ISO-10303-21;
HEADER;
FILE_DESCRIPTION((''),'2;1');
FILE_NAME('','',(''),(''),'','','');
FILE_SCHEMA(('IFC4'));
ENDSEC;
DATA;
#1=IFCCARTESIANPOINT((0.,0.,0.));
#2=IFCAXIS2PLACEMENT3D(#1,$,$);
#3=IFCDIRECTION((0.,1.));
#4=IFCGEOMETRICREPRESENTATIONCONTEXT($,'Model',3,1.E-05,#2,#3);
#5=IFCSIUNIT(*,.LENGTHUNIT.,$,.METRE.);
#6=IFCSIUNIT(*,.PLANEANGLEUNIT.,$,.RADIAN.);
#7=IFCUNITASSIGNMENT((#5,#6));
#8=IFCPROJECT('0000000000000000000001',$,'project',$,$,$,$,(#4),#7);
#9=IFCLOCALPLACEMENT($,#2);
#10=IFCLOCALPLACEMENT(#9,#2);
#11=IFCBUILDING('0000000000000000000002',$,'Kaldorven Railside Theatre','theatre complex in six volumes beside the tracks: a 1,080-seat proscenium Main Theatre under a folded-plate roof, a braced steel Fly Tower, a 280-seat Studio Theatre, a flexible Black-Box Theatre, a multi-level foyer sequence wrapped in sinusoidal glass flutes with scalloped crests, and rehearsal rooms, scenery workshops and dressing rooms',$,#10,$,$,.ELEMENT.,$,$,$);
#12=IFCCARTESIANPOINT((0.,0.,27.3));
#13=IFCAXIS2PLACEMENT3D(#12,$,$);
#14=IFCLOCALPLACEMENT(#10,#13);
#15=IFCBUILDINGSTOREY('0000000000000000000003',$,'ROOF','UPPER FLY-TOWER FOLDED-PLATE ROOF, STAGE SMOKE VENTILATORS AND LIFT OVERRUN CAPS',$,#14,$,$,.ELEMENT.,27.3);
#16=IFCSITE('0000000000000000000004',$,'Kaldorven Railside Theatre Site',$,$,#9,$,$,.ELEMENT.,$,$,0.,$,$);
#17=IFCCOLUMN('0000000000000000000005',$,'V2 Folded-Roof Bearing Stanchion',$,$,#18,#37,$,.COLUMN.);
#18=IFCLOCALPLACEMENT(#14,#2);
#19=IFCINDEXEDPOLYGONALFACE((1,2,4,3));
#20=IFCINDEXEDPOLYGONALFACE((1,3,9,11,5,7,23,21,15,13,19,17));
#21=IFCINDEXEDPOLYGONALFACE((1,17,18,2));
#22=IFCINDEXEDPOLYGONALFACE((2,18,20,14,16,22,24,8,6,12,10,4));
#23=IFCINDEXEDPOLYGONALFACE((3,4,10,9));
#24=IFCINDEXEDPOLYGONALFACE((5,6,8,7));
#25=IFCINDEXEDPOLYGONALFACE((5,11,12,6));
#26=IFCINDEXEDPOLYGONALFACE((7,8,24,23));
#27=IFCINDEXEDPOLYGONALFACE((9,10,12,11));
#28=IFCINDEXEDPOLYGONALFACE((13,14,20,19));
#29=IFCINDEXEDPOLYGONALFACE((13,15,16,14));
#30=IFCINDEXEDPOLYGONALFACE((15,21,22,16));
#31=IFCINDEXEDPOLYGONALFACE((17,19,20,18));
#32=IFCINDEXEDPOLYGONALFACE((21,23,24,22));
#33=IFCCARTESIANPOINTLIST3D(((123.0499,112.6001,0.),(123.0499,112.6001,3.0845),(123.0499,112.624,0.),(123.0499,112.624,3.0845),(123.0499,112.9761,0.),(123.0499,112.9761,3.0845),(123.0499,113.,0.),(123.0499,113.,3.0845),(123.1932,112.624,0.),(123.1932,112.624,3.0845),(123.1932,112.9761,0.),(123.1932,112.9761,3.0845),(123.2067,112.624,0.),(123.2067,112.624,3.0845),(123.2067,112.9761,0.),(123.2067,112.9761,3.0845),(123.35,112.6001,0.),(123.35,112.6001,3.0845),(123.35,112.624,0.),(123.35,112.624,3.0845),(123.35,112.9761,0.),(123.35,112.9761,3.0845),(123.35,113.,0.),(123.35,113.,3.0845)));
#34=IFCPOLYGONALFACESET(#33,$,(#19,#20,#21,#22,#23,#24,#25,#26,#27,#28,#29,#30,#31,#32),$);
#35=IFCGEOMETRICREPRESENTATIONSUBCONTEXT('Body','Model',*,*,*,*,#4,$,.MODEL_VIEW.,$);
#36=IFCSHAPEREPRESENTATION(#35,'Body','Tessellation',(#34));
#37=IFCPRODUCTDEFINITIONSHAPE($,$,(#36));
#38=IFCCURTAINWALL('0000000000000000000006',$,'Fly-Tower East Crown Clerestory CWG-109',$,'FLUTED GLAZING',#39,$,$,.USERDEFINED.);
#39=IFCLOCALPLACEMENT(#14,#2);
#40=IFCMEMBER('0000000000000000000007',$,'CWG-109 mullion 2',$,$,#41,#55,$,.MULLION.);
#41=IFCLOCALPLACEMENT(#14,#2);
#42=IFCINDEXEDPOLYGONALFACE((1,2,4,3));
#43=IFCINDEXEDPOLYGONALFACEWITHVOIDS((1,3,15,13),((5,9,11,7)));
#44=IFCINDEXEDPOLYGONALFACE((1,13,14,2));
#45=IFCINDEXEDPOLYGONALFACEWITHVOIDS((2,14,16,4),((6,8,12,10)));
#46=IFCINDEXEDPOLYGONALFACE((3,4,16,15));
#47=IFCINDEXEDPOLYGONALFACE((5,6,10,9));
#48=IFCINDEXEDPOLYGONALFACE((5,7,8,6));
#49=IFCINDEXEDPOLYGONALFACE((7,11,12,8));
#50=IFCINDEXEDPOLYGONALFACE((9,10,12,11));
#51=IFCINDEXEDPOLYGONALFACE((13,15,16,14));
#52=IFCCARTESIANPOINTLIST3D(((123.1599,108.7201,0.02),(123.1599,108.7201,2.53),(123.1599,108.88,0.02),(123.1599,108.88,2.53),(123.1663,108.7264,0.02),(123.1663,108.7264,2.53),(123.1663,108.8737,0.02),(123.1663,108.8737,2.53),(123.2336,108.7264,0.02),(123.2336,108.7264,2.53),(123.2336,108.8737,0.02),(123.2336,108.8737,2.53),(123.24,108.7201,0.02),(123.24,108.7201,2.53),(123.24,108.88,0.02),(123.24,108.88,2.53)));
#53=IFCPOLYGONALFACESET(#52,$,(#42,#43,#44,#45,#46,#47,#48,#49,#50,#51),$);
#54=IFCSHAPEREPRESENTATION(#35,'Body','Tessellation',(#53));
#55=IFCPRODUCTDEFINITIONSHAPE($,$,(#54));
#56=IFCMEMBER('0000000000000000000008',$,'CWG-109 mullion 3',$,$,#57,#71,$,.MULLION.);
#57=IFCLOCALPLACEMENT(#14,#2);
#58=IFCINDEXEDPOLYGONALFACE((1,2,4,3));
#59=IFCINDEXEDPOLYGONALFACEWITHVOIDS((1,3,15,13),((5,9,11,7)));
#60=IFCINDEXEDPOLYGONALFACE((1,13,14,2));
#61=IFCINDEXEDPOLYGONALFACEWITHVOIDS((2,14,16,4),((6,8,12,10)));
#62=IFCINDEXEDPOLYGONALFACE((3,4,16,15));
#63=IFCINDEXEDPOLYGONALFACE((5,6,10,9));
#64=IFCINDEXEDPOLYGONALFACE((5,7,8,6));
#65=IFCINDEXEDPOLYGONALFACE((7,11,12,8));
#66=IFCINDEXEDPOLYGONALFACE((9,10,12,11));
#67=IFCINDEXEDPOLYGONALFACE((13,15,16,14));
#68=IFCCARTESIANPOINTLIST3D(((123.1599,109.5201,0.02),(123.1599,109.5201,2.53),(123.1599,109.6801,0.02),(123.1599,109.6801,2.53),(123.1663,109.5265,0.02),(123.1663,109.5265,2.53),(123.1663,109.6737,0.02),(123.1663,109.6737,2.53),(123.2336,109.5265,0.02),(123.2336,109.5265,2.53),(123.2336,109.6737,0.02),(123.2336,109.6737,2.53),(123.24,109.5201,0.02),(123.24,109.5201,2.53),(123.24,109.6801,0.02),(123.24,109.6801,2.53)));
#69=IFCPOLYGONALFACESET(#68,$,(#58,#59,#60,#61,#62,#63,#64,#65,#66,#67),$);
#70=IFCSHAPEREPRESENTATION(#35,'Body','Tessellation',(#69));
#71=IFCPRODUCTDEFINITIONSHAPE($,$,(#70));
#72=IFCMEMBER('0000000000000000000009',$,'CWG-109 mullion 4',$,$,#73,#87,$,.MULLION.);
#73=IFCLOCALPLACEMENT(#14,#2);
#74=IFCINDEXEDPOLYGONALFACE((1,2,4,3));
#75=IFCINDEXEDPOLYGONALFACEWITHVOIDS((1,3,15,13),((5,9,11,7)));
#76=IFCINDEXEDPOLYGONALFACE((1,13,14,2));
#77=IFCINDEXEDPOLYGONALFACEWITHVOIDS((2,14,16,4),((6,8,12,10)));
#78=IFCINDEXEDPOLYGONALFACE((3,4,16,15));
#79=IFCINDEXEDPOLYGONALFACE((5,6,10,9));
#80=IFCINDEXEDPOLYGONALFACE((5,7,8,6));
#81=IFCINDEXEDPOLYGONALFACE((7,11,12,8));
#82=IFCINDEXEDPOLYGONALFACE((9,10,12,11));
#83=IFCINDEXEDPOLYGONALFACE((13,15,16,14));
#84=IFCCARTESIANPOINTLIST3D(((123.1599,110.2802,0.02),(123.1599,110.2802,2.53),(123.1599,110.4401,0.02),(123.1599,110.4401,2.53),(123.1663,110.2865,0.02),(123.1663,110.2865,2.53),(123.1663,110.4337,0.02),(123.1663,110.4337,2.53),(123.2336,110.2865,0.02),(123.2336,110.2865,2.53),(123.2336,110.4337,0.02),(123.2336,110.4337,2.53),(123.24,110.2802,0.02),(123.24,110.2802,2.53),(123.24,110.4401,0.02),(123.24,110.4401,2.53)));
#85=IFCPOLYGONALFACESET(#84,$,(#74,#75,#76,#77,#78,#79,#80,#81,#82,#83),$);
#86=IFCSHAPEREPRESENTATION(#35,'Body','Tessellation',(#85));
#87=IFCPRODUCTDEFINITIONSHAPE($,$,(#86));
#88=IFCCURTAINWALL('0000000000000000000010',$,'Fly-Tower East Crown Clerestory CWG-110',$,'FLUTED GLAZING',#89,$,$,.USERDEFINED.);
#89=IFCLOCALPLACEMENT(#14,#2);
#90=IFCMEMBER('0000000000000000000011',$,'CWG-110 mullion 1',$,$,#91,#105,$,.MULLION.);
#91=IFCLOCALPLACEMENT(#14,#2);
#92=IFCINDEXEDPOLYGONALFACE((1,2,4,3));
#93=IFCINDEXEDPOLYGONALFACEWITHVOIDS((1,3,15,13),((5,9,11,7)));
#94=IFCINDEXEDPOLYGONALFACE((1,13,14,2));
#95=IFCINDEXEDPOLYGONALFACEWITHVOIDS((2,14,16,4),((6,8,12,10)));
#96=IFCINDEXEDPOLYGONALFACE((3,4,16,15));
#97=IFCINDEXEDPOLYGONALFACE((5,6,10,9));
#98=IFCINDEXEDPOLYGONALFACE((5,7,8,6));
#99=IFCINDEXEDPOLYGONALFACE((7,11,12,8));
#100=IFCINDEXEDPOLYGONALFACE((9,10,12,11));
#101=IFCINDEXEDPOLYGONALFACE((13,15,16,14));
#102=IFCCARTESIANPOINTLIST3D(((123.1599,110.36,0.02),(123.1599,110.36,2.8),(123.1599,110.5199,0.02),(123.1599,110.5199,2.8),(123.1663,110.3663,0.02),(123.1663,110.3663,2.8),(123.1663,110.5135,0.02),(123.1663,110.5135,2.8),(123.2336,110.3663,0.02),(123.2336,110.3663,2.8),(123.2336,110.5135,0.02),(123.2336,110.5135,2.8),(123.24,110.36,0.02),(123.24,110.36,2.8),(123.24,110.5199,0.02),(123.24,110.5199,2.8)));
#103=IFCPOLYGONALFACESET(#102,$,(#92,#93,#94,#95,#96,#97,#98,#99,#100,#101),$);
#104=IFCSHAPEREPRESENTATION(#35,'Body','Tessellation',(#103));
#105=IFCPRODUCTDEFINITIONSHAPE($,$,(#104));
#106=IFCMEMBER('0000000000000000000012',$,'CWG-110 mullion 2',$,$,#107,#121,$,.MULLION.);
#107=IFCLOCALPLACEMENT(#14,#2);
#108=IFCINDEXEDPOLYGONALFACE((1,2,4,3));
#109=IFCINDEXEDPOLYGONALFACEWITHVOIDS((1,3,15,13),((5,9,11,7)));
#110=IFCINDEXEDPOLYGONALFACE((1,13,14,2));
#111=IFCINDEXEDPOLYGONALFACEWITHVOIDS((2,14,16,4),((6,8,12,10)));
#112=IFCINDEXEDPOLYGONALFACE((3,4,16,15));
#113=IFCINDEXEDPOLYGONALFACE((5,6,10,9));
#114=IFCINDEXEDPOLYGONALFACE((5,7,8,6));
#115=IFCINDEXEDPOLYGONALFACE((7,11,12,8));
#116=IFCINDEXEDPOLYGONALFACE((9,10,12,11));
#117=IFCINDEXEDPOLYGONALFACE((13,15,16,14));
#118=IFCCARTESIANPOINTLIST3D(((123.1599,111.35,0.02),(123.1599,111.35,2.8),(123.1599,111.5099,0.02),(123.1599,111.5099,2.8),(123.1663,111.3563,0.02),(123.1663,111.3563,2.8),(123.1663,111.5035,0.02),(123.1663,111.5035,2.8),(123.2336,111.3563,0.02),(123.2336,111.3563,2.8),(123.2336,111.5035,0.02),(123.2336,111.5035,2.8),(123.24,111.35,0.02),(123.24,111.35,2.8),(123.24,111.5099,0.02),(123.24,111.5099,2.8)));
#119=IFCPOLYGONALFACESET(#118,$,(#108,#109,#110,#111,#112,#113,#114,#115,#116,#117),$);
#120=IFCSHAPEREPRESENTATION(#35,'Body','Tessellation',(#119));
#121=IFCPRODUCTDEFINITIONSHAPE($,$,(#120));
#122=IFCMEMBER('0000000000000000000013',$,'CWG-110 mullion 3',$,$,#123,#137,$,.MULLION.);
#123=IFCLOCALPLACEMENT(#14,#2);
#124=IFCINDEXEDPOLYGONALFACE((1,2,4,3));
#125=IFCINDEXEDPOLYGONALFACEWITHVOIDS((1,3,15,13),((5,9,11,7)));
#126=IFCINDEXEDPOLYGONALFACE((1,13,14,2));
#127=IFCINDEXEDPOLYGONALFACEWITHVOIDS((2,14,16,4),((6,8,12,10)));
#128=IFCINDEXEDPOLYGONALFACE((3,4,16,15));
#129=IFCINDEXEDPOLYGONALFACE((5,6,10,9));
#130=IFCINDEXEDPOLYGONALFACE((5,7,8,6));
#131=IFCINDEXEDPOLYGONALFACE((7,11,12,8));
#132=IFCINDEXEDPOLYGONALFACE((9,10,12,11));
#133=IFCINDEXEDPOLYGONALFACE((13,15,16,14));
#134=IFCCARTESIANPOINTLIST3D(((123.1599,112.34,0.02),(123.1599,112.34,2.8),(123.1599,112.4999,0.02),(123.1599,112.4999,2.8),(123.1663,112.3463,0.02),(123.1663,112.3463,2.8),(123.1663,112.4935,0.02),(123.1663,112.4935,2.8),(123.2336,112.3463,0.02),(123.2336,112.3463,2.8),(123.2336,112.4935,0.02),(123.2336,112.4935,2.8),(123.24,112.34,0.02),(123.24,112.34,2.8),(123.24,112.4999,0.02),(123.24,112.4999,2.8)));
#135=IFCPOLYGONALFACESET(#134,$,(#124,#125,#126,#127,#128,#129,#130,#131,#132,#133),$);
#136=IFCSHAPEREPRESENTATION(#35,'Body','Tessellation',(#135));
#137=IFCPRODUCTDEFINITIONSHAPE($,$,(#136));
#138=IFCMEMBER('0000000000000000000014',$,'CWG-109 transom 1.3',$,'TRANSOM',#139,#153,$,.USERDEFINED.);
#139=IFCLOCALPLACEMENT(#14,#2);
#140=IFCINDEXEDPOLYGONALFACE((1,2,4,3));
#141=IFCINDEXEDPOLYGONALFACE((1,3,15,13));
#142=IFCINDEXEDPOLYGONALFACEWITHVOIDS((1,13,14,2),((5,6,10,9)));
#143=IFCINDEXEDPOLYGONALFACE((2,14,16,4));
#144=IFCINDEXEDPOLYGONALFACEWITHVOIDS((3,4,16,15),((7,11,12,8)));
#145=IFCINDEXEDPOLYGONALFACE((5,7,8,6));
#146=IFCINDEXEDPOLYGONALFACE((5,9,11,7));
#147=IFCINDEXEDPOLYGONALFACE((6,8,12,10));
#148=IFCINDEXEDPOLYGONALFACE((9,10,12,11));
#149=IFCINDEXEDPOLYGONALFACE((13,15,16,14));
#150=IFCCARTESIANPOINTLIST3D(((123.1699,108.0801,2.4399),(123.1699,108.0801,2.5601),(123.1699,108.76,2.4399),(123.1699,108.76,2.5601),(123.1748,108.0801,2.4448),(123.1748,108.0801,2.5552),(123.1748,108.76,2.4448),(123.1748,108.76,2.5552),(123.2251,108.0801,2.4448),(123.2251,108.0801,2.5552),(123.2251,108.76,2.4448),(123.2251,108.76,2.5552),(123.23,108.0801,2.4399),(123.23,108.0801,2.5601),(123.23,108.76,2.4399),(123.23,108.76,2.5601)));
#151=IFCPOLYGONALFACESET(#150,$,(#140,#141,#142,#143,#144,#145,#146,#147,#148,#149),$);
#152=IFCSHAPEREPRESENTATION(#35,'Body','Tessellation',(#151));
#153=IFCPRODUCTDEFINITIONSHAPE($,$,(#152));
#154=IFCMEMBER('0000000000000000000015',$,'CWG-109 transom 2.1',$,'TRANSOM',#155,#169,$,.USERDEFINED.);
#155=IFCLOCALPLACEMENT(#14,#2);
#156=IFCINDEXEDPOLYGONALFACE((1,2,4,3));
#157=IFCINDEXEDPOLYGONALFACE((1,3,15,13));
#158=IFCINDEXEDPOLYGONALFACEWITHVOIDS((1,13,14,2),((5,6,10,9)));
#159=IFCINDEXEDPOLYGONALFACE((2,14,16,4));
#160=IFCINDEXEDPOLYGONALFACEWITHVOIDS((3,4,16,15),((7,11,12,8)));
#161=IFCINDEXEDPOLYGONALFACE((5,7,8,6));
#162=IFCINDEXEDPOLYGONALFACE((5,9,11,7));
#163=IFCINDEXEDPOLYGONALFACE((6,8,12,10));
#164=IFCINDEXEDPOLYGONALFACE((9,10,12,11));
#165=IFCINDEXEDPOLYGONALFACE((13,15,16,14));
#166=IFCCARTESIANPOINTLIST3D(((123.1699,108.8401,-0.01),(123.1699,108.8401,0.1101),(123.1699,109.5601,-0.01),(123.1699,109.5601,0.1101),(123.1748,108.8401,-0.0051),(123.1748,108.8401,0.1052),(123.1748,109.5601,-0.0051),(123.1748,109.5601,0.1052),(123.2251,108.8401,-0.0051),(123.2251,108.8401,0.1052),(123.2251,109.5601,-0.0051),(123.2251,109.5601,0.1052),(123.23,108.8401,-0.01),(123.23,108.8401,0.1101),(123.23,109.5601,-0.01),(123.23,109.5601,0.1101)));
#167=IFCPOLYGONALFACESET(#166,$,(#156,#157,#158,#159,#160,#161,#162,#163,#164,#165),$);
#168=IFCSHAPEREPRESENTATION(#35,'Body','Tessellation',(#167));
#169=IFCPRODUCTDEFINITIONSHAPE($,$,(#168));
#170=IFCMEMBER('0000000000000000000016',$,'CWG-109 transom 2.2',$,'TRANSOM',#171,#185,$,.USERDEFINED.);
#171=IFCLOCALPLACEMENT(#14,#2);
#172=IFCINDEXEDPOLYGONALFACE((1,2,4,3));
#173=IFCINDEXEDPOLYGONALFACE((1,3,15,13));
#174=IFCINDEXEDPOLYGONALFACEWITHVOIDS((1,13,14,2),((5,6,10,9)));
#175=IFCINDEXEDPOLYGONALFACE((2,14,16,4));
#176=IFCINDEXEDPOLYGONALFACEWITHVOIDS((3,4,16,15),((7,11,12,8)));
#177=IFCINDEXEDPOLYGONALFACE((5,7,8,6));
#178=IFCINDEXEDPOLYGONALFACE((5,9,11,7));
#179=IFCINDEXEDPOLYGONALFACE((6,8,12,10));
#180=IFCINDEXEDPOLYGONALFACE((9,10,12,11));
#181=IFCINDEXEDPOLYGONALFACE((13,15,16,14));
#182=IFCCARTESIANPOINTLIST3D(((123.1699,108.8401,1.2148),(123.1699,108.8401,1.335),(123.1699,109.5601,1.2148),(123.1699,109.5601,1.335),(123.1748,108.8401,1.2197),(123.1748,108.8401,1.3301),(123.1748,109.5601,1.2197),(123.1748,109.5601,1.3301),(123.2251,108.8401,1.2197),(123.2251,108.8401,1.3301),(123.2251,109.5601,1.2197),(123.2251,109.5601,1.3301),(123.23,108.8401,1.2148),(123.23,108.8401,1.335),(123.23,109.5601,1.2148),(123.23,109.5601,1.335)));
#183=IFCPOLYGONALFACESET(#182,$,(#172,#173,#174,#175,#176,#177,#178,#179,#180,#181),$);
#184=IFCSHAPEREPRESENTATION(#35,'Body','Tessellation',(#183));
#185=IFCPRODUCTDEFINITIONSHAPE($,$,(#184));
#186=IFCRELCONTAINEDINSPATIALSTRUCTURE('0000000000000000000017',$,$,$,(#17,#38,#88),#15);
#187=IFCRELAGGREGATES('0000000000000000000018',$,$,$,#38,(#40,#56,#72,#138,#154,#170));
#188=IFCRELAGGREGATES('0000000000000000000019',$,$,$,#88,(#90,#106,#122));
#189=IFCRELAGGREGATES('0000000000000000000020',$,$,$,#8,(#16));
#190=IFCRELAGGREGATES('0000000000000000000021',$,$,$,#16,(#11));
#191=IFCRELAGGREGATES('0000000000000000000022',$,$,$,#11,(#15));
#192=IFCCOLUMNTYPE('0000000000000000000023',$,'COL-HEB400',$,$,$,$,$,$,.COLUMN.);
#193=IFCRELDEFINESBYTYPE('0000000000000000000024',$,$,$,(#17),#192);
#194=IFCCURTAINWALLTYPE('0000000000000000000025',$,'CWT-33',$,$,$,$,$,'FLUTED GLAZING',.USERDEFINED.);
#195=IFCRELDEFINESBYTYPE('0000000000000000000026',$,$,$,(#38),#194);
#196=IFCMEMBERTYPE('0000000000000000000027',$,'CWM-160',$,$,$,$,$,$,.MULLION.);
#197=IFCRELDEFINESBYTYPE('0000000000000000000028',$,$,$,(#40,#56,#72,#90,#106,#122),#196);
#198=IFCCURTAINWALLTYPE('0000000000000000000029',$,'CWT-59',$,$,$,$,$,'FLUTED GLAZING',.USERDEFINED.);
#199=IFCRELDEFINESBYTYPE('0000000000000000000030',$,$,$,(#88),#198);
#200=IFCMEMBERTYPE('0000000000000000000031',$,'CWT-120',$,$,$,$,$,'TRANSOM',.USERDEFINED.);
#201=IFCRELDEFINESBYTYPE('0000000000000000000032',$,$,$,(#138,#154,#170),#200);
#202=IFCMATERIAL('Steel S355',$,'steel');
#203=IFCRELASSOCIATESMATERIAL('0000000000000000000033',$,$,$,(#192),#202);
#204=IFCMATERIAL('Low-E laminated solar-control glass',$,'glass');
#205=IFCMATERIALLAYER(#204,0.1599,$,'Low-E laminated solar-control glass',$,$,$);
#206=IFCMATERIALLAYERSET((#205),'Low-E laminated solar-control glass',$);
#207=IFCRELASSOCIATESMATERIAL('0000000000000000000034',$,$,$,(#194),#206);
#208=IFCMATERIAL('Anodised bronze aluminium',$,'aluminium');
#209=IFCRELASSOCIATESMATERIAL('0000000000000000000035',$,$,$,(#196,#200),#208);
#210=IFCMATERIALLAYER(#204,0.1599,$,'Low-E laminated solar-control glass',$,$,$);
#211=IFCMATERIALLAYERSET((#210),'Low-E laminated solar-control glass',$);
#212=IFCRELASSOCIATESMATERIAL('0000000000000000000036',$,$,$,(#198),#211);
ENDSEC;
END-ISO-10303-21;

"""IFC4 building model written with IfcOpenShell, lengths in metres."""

from ifc_helpers import new_model, si_unit, direction, frame, origin, origin_2d, place, context, subcontext, project, spatial, hollow_rectangle, i_section, extrude, material, layer, layer_set, material_profile, profile_set, type_object, element, aggregate, save


model = new_model("IFC4")

# Units and contexts
model_context = context("Model", 3, precision=1e-05, world=origin(), true_north=direction((0.0, 1.0)))
body_context = subcontext(model_context, "Body", "Model", "MODEL_VIEW")
ifc_project = project(units=[si_unit("LENGTHUNIT", "METRE"), si_unit("PLANEANGLEUNIT", "RADIAN")], contexts=[model_context])

# Site, building, storey
site_placement = place(None, origin())
site = spatial("IfcSite", under=ifc_project, at=site_placement, Name="Kaldorven Railside Theatre Site", CompositionType="ELEMENT", RefElevation=0.0)
building_placement = place(site_placement, origin())
building = spatial("IfcBuilding", under=site, at=building_placement, Name="Kaldorven Railside Theatre", Description="theatre complex in six volumes beside the tracks: a 1,080-seat proscenium Main Theatre under a folded-plate roof, a braced steel Fly Tower, a 280-seat Studio Theatre, a flexible Black-Box Theatre, a multi-level foyer sequence wrapped in sinusoidal glass flutes with scalloped crests, and rehearsal rooms, scenery workshops and dressing rooms", CompositionType="ELEMENT")
storey_placement = place(building_placement, frame((0.0, 0.0, 27.3)))
storey = spatial("IfcBuildingStorey", under=building, at=storey_placement, Name="ROOF", Description="UPPER FLY-TOWER FOLDED-PLATE ROOF, STAGE SMOKE VENTILATORS AND LIFT OVERRUN CAPS", CompositionType="ELEMENT", Elevation=27.3)

# Column
ifc_material_1 = material(Name="Steel S355", Category="steel")
ifc_material_profile_1 = material_profile(ifc_material_1, i_section(OverallWidth=0.3, OverallDepth=0.3999, WebThickness=0.0134, FlangeThickness=0.0239, at=origin_2d()), Name="HEB 400")
ifc_profile_set_1 = profile_set([ifc_material_profile_1], Name="Steel S355")
column_type = type_object("IfcColumnType", Name="COL-HEB400", PredefinedType="COLUMN", material=ifc_profile_set_1)
column_placement = place(storey_placement, frame((123.2, 112.8, 0.0), z_axis=(0.0, 0.0, 1.0), x_axis=(1.0, 0.0, 0.0)))
element("IfcColumn", 1, at=column_placement, inside=storey, type_object=column_type, Name="V2 Folded-Roof Bearing Stanchion", PredefinedType="COLUMN", context=body_context, shape_type="SweptSolid", body=[
    extrude(i_section(OverallWidth=0.3, OverallDepth=0.3999, WebThickness=0.0134, FlangeThickness=0.0239, at=origin_2d()), origin(), (0.0, 0.0, 1.0), 3.0845),
])

# Curtain walls, members
ifc_material_2 = material(Name="Low-E laminated solar-control glass", Category="glass")
ifc_layer_1 = layer(ifc_material_2, 0.1599, Name="Low-E laminated solar-control glass")
ifc_layer_set_1 = layer_set([ifc_layer_1], Name="Low-E laminated solar-control glass")
curtain_wall_type_1 = type_object("IfcCurtainWallType", Name="CWT-33", ElementType="FLUTED GLAZING", PredefinedType="USERDEFINED", material=ifc_layer_set_1)
curtain_wall_1_placement = place(storey_placement, origin())
curtain_wall_1 = element("IfcCurtainWall", 2, at=curtain_wall_1_placement, inside=storey, type_object=curtain_wall_type_1, Name="Fly-Tower East Crown Clerestory CWG-109", ObjectType="FLUTED GLAZING", PredefinedType="USERDEFINED")
ifc_material_3 = material(Name="Anodised bronze aluminium", Category="aluminium")
ifc_material_profile_2 = material_profile(ifc_material_3, hollow_rectangle(XDim=0.0801, YDim=0.1599, WallThickness=0.0063, at=origin_2d()), Name="RHS 160x80x6.3")
ifc_profile_set_2 = profile_set([ifc_material_profile_2], Name="Anodised bronze aluminium")
member_type_1 = type_object("IfcMemberType", Name="CWM-160", PredefinedType="MULLION", material=ifc_profile_set_2)
member_1_placement = place(storey_placement, frame((123.2, 108.8, 0.02), z_axis=(0.0, 0.0, 1.0), x_axis=(-1.0, 0.0, 0.0)))
member_1 = element("IfcMember", 3, at=member_1_placement, type_object=member_type_1, Name="CWG-109 mullion 2", PredefinedType="MULLION", context=body_context, shape_type="SweptSolid", body=[
    extrude(hollow_rectangle(XDim=0.0801, YDim=0.1599, WallThickness=0.0063, at=origin_2d()), origin(), (0.0, 0.0, 1.0), 2.51),
])
member_2_placement = place(storey_placement, frame((123.2, 109.6001, 0.02), z_axis=(0.0, 0.0, 1.0), x_axis=(-1.0, 0.0, 0.0)))
member_2 = element("IfcMember", 4, at=member_2_placement, type_object=member_type_1, Name="CWG-109 mullion 3", PredefinedType="MULLION", context=body_context, shape_type="SweptSolid", body=[
    extrude(hollow_rectangle(XDim=0.0801, YDim=0.1599, WallThickness=0.0063, at=origin_2d()), origin(), (0.0, 0.0, 1.0), 2.51),
])
member_3_placement = place(storey_placement, frame((123.2, 110.3601, 0.02), z_axis=(0.0, 0.0, 1.0), x_axis=(-1.0, 0.0, 0.0)))
member_3 = element("IfcMember", 5, at=member_3_placement, type_object=member_type_1, Name="CWG-109 mullion 4", PredefinedType="MULLION", context=body_context, shape_type="SweptSolid", body=[
    extrude(hollow_rectangle(XDim=0.0801, YDim=0.1599, WallThickness=0.0063, at=origin_2d()), origin(), (0.0, 0.0, 1.0), 2.51),
])
ifc_layer_2 = layer(ifc_material_2, 0.1599, Name="Low-E laminated solar-control glass")
ifc_layer_set_2 = layer_set([ifc_layer_2], Name="Low-E laminated solar-control glass")
curtain_wall_type_2 = type_object("IfcCurtainWallType", Name="CWT-59", ElementType="FLUTED GLAZING", PredefinedType="USERDEFINED", material=ifc_layer_set_2)
curtain_wall_2_placement = place(storey_placement, origin())
curtain_wall_2 = element("IfcCurtainWall", 6, at=curtain_wall_2_placement, inside=storey, type_object=curtain_wall_type_2, Name="Fly-Tower East Crown Clerestory CWG-110", ObjectType="FLUTED GLAZING", PredefinedType="USERDEFINED")
member_4_placement = place(storey_placement, frame((123.2, 110.4399, 0.02), z_axis=(0.0, 0.0, 1.0), x_axis=(-1.0, 0.0, 0.0)))
member_4 = element("IfcMember", 7, at=member_4_placement, type_object=member_type_1, Name="CWG-110 mullion 1", PredefinedType="MULLION", context=body_context, shape_type="SweptSolid", body=[
    extrude(hollow_rectangle(XDim=0.0801, YDim=0.1599, WallThickness=0.0063, at=origin_2d()), origin(), (0.0, 0.0, 1.0), 2.78),
])
member_5_placement = place(storey_placement, frame((123.2, 111.4299, 0.02), z_axis=(0.0, 0.0, 1.0), x_axis=(-1.0, 0.0, 0.0)))
member_5 = element("IfcMember", 8, at=member_5_placement, type_object=member_type_1, Name="CWG-110 mullion 2", PredefinedType="MULLION", context=body_context, shape_type="SweptSolid", body=[
    extrude(hollow_rectangle(XDim=0.0801, YDim=0.1599, WallThickness=0.0063, at=origin_2d()), origin(), (0.0, 0.0, 1.0), 2.78),
])
member_6_placement = place(storey_placement, frame((123.2, 112.4199, 0.02), z_axis=(0.0, 0.0, 1.0), x_axis=(-1.0, 0.0, 0.0)))
member_6 = element("IfcMember", 9, at=member_6_placement, type_object=member_type_1, Name="CWG-110 mullion 3", PredefinedType="MULLION", context=body_context, shape_type="SweptSolid", body=[
    extrude(hollow_rectangle(XDim=0.0801, YDim=0.1599, WallThickness=0.0063, at=origin_2d()), origin(), (0.0, 0.0, 1.0), 2.78),
])

# Members
ifc_material_profile_3 = material_profile(ifc_material_3, hollow_rectangle(XDim=0.0601, YDim=0.1201, WallThickness=0.0049, at=origin_2d()), Name="RHS 120x60x5")
ifc_profile_set_3 = profile_set([ifc_material_profile_3], Name="Anodised bronze aluminium")
member_type_2 = type_object("IfcMemberType", Name="CWT-120", ElementType="TRANSOM", PredefinedType="USERDEFINED", material=ifc_profile_set_3)
member_7_placement = place(storey_placement, frame((123.2, 108.0801, 2.5), z_axis=(0.0, 1.0, 0.0), x_axis=(-1.0, 0.0, 0.0)))
member_7 = element("IfcMember", 10, at=member_7_placement, type_object=member_type_2, Name="CWG-109 transom 1.3", ObjectType="TRANSOM", PredefinedType="USERDEFINED", context=body_context, shape_type="SweptSolid", body=[
    extrude(hollow_rectangle(XDim=0.0601, YDim=0.1201, WallThickness=0.0049, at=origin_2d()), origin(), (0.0, 0.0, 1.0), 0.6799),
])
member_8_placement = place(storey_placement, frame((123.2, 108.8401, 0.05), z_axis=(0.0, 1.0, 0.0), x_axis=(-1.0, 0.0, 0.0)))
member_8 = element("IfcMember", 11, at=member_8_placement, type_object=member_type_2, Name="CWG-109 transom 2.1", ObjectType="TRANSOM", PredefinedType="USERDEFINED", context=body_context, shape_type="SweptSolid", body=[
    extrude(hollow_rectangle(XDim=0.0601, YDim=0.1201, WallThickness=0.0049, at=origin_2d()), origin(), (0.0, 0.0, 1.0), 0.72),
])
member_9_placement = place(storey_placement, frame((123.2, 108.8401, 1.2749), z_axis=(0.0, 1.0, 0.0), x_axis=(-1.0, 0.0, 0.0)))
member_9 = element("IfcMember", 12, at=member_9_placement, type_object=member_type_2, Name="CWG-109 transom 2.2", ObjectType="TRANSOM", PredefinedType="USERDEFINED", context=body_context, shape_type="SweptSolid", body=[
    extrude(hollow_rectangle(XDim=0.0601, YDim=0.1201, WallThickness=0.0049, at=origin_2d()), origin(), (0.0, 0.0, 1.0), 0.72),
])

aggregate(curtain_wall_1, [member_1, member_2, member_3, member_7, member_8, member_9])
aggregate(curtain_wall_2, [member_4, member_5, member_6])

save(model, "model.ifc")
